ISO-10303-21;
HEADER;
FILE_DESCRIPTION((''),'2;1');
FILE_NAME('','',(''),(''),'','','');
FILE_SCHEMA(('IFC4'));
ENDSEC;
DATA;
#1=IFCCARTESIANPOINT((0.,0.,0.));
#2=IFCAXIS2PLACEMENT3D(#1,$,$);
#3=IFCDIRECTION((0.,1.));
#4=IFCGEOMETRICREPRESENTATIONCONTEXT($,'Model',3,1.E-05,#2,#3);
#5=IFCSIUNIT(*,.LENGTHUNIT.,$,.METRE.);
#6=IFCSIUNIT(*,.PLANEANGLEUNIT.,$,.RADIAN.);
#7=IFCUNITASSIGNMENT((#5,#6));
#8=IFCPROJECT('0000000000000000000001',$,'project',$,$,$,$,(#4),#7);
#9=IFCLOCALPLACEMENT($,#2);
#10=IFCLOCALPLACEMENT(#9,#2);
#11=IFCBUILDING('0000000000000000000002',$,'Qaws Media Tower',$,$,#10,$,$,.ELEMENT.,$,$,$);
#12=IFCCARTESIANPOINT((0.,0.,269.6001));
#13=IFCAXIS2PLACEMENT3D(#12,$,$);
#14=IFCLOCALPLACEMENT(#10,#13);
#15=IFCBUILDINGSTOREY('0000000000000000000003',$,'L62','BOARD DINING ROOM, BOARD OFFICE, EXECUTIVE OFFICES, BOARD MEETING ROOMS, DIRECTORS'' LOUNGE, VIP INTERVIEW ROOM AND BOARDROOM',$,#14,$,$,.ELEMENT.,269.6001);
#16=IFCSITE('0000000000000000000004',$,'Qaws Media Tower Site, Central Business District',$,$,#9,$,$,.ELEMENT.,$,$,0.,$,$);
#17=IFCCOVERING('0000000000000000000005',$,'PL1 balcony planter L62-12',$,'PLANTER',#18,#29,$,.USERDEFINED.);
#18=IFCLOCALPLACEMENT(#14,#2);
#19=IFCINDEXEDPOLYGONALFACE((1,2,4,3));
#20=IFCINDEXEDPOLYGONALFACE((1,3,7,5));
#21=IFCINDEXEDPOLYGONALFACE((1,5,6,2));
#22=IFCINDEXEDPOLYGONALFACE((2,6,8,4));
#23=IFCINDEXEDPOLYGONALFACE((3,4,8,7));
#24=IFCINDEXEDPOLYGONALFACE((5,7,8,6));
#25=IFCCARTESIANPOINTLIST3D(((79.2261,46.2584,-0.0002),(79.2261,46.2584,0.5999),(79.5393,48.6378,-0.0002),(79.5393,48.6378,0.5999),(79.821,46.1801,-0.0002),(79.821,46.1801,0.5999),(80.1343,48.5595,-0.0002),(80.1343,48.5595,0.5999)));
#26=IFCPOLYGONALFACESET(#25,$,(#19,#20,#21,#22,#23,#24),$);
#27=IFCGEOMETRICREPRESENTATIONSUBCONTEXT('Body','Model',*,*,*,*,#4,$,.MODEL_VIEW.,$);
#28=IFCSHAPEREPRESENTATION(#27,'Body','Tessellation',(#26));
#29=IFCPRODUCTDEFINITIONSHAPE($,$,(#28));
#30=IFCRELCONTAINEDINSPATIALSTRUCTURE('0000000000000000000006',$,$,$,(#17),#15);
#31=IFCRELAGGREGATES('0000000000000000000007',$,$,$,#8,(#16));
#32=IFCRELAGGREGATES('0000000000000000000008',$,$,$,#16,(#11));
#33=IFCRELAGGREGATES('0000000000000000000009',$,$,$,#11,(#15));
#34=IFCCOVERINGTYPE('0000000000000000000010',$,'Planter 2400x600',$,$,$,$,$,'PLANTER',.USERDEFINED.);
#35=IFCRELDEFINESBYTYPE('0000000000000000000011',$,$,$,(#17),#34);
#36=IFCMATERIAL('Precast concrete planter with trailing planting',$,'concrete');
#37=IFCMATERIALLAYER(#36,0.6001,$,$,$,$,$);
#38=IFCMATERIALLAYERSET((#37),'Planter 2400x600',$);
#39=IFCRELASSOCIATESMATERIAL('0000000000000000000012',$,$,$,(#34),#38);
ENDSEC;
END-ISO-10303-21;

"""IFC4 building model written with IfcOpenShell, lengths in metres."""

from ifc_helpers import new_model, si_unit, direction, frame, origin, origin_2d, place, context, subcontext, project, spatial, rectangle, extrude, material, layer, layer_set, type_object, element, save


model = new_model("IFC4")

# Units and contexts
model_context = context("Model", 3, precision=1e-05, world=origin(), true_north=direction((0.0, 1.0)))
body_context = subcontext(model_context, "Body", "Model", "MODEL_VIEW")
ifc_project = project(units=[si_unit("LENGTHUNIT", "METRE"), si_unit("PLANEANGLEUNIT", "RADIAN")], contexts=[model_context])

# Site, building, storey
site_placement = place(None, origin())
site = spatial("IfcSite", under=ifc_project, at=site_placement, Name="Qaws Media Tower Site, Central Business District", CompositionType="ELEMENT", RefElevation=0.0)
building_placement = place(site_placement, origin())
building = spatial("IfcBuilding", under=site, at=building_placement, Name="Qaws Media Tower", CompositionType="ELEMENT")
storey_placement = place(building_placement, frame((0.0, 0.0, 269.6001)))
storey = spatial("IfcBuildingStorey", under=building, at=storey_placement, Name="L62", Description="BOARD DINING ROOM, BOARD OFFICE, EXECUTIVE OFFICES, BOARD MEETING ROOMS, DIRECTORS' LOUNGE, VIP INTERVIEW ROOM AND BOARDROOM", CompositionType="ELEMENT", Elevation=269.6001)

# Covering
ifc_material_1 = material(Name="Precast concrete planter with trailing planting", Category="concrete")
ifc_layer_1 = layer(ifc_material_1, 0.6001)
ifc_layer_set_1 = layer_set([ifc_layer_1], Name="Planter 2400x600")
covering_type = type_object("IfcCoveringType", Name="Planter 2400x600", ElementType="PLANTER", PredefinedType="USERDEFINED", material=ifc_layer_set_1)
covering_placement = place(storey_placement, frame((79.6802, 47.4089, -0.0002), z_axis=(0.0, 0.0, 1.0), x_axis=(0.130526, 0.991445, 0.0)))
element("IfcCovering", 1, at=covering_placement, inside=storey, type_object=covering_type, Name="PL1 balcony planter L62-12", ObjectType="PLANTER", PredefinedType="USERDEFINED", context=body_context, shape_type="SweptSolid", body=[
    extrude(rectangle(XDim=2.3999, YDim=0.6001, at=origin_2d()), origin(), (0.0, 0.0, 1.0), 0.6001),
])

save(model, "model.ifc")
